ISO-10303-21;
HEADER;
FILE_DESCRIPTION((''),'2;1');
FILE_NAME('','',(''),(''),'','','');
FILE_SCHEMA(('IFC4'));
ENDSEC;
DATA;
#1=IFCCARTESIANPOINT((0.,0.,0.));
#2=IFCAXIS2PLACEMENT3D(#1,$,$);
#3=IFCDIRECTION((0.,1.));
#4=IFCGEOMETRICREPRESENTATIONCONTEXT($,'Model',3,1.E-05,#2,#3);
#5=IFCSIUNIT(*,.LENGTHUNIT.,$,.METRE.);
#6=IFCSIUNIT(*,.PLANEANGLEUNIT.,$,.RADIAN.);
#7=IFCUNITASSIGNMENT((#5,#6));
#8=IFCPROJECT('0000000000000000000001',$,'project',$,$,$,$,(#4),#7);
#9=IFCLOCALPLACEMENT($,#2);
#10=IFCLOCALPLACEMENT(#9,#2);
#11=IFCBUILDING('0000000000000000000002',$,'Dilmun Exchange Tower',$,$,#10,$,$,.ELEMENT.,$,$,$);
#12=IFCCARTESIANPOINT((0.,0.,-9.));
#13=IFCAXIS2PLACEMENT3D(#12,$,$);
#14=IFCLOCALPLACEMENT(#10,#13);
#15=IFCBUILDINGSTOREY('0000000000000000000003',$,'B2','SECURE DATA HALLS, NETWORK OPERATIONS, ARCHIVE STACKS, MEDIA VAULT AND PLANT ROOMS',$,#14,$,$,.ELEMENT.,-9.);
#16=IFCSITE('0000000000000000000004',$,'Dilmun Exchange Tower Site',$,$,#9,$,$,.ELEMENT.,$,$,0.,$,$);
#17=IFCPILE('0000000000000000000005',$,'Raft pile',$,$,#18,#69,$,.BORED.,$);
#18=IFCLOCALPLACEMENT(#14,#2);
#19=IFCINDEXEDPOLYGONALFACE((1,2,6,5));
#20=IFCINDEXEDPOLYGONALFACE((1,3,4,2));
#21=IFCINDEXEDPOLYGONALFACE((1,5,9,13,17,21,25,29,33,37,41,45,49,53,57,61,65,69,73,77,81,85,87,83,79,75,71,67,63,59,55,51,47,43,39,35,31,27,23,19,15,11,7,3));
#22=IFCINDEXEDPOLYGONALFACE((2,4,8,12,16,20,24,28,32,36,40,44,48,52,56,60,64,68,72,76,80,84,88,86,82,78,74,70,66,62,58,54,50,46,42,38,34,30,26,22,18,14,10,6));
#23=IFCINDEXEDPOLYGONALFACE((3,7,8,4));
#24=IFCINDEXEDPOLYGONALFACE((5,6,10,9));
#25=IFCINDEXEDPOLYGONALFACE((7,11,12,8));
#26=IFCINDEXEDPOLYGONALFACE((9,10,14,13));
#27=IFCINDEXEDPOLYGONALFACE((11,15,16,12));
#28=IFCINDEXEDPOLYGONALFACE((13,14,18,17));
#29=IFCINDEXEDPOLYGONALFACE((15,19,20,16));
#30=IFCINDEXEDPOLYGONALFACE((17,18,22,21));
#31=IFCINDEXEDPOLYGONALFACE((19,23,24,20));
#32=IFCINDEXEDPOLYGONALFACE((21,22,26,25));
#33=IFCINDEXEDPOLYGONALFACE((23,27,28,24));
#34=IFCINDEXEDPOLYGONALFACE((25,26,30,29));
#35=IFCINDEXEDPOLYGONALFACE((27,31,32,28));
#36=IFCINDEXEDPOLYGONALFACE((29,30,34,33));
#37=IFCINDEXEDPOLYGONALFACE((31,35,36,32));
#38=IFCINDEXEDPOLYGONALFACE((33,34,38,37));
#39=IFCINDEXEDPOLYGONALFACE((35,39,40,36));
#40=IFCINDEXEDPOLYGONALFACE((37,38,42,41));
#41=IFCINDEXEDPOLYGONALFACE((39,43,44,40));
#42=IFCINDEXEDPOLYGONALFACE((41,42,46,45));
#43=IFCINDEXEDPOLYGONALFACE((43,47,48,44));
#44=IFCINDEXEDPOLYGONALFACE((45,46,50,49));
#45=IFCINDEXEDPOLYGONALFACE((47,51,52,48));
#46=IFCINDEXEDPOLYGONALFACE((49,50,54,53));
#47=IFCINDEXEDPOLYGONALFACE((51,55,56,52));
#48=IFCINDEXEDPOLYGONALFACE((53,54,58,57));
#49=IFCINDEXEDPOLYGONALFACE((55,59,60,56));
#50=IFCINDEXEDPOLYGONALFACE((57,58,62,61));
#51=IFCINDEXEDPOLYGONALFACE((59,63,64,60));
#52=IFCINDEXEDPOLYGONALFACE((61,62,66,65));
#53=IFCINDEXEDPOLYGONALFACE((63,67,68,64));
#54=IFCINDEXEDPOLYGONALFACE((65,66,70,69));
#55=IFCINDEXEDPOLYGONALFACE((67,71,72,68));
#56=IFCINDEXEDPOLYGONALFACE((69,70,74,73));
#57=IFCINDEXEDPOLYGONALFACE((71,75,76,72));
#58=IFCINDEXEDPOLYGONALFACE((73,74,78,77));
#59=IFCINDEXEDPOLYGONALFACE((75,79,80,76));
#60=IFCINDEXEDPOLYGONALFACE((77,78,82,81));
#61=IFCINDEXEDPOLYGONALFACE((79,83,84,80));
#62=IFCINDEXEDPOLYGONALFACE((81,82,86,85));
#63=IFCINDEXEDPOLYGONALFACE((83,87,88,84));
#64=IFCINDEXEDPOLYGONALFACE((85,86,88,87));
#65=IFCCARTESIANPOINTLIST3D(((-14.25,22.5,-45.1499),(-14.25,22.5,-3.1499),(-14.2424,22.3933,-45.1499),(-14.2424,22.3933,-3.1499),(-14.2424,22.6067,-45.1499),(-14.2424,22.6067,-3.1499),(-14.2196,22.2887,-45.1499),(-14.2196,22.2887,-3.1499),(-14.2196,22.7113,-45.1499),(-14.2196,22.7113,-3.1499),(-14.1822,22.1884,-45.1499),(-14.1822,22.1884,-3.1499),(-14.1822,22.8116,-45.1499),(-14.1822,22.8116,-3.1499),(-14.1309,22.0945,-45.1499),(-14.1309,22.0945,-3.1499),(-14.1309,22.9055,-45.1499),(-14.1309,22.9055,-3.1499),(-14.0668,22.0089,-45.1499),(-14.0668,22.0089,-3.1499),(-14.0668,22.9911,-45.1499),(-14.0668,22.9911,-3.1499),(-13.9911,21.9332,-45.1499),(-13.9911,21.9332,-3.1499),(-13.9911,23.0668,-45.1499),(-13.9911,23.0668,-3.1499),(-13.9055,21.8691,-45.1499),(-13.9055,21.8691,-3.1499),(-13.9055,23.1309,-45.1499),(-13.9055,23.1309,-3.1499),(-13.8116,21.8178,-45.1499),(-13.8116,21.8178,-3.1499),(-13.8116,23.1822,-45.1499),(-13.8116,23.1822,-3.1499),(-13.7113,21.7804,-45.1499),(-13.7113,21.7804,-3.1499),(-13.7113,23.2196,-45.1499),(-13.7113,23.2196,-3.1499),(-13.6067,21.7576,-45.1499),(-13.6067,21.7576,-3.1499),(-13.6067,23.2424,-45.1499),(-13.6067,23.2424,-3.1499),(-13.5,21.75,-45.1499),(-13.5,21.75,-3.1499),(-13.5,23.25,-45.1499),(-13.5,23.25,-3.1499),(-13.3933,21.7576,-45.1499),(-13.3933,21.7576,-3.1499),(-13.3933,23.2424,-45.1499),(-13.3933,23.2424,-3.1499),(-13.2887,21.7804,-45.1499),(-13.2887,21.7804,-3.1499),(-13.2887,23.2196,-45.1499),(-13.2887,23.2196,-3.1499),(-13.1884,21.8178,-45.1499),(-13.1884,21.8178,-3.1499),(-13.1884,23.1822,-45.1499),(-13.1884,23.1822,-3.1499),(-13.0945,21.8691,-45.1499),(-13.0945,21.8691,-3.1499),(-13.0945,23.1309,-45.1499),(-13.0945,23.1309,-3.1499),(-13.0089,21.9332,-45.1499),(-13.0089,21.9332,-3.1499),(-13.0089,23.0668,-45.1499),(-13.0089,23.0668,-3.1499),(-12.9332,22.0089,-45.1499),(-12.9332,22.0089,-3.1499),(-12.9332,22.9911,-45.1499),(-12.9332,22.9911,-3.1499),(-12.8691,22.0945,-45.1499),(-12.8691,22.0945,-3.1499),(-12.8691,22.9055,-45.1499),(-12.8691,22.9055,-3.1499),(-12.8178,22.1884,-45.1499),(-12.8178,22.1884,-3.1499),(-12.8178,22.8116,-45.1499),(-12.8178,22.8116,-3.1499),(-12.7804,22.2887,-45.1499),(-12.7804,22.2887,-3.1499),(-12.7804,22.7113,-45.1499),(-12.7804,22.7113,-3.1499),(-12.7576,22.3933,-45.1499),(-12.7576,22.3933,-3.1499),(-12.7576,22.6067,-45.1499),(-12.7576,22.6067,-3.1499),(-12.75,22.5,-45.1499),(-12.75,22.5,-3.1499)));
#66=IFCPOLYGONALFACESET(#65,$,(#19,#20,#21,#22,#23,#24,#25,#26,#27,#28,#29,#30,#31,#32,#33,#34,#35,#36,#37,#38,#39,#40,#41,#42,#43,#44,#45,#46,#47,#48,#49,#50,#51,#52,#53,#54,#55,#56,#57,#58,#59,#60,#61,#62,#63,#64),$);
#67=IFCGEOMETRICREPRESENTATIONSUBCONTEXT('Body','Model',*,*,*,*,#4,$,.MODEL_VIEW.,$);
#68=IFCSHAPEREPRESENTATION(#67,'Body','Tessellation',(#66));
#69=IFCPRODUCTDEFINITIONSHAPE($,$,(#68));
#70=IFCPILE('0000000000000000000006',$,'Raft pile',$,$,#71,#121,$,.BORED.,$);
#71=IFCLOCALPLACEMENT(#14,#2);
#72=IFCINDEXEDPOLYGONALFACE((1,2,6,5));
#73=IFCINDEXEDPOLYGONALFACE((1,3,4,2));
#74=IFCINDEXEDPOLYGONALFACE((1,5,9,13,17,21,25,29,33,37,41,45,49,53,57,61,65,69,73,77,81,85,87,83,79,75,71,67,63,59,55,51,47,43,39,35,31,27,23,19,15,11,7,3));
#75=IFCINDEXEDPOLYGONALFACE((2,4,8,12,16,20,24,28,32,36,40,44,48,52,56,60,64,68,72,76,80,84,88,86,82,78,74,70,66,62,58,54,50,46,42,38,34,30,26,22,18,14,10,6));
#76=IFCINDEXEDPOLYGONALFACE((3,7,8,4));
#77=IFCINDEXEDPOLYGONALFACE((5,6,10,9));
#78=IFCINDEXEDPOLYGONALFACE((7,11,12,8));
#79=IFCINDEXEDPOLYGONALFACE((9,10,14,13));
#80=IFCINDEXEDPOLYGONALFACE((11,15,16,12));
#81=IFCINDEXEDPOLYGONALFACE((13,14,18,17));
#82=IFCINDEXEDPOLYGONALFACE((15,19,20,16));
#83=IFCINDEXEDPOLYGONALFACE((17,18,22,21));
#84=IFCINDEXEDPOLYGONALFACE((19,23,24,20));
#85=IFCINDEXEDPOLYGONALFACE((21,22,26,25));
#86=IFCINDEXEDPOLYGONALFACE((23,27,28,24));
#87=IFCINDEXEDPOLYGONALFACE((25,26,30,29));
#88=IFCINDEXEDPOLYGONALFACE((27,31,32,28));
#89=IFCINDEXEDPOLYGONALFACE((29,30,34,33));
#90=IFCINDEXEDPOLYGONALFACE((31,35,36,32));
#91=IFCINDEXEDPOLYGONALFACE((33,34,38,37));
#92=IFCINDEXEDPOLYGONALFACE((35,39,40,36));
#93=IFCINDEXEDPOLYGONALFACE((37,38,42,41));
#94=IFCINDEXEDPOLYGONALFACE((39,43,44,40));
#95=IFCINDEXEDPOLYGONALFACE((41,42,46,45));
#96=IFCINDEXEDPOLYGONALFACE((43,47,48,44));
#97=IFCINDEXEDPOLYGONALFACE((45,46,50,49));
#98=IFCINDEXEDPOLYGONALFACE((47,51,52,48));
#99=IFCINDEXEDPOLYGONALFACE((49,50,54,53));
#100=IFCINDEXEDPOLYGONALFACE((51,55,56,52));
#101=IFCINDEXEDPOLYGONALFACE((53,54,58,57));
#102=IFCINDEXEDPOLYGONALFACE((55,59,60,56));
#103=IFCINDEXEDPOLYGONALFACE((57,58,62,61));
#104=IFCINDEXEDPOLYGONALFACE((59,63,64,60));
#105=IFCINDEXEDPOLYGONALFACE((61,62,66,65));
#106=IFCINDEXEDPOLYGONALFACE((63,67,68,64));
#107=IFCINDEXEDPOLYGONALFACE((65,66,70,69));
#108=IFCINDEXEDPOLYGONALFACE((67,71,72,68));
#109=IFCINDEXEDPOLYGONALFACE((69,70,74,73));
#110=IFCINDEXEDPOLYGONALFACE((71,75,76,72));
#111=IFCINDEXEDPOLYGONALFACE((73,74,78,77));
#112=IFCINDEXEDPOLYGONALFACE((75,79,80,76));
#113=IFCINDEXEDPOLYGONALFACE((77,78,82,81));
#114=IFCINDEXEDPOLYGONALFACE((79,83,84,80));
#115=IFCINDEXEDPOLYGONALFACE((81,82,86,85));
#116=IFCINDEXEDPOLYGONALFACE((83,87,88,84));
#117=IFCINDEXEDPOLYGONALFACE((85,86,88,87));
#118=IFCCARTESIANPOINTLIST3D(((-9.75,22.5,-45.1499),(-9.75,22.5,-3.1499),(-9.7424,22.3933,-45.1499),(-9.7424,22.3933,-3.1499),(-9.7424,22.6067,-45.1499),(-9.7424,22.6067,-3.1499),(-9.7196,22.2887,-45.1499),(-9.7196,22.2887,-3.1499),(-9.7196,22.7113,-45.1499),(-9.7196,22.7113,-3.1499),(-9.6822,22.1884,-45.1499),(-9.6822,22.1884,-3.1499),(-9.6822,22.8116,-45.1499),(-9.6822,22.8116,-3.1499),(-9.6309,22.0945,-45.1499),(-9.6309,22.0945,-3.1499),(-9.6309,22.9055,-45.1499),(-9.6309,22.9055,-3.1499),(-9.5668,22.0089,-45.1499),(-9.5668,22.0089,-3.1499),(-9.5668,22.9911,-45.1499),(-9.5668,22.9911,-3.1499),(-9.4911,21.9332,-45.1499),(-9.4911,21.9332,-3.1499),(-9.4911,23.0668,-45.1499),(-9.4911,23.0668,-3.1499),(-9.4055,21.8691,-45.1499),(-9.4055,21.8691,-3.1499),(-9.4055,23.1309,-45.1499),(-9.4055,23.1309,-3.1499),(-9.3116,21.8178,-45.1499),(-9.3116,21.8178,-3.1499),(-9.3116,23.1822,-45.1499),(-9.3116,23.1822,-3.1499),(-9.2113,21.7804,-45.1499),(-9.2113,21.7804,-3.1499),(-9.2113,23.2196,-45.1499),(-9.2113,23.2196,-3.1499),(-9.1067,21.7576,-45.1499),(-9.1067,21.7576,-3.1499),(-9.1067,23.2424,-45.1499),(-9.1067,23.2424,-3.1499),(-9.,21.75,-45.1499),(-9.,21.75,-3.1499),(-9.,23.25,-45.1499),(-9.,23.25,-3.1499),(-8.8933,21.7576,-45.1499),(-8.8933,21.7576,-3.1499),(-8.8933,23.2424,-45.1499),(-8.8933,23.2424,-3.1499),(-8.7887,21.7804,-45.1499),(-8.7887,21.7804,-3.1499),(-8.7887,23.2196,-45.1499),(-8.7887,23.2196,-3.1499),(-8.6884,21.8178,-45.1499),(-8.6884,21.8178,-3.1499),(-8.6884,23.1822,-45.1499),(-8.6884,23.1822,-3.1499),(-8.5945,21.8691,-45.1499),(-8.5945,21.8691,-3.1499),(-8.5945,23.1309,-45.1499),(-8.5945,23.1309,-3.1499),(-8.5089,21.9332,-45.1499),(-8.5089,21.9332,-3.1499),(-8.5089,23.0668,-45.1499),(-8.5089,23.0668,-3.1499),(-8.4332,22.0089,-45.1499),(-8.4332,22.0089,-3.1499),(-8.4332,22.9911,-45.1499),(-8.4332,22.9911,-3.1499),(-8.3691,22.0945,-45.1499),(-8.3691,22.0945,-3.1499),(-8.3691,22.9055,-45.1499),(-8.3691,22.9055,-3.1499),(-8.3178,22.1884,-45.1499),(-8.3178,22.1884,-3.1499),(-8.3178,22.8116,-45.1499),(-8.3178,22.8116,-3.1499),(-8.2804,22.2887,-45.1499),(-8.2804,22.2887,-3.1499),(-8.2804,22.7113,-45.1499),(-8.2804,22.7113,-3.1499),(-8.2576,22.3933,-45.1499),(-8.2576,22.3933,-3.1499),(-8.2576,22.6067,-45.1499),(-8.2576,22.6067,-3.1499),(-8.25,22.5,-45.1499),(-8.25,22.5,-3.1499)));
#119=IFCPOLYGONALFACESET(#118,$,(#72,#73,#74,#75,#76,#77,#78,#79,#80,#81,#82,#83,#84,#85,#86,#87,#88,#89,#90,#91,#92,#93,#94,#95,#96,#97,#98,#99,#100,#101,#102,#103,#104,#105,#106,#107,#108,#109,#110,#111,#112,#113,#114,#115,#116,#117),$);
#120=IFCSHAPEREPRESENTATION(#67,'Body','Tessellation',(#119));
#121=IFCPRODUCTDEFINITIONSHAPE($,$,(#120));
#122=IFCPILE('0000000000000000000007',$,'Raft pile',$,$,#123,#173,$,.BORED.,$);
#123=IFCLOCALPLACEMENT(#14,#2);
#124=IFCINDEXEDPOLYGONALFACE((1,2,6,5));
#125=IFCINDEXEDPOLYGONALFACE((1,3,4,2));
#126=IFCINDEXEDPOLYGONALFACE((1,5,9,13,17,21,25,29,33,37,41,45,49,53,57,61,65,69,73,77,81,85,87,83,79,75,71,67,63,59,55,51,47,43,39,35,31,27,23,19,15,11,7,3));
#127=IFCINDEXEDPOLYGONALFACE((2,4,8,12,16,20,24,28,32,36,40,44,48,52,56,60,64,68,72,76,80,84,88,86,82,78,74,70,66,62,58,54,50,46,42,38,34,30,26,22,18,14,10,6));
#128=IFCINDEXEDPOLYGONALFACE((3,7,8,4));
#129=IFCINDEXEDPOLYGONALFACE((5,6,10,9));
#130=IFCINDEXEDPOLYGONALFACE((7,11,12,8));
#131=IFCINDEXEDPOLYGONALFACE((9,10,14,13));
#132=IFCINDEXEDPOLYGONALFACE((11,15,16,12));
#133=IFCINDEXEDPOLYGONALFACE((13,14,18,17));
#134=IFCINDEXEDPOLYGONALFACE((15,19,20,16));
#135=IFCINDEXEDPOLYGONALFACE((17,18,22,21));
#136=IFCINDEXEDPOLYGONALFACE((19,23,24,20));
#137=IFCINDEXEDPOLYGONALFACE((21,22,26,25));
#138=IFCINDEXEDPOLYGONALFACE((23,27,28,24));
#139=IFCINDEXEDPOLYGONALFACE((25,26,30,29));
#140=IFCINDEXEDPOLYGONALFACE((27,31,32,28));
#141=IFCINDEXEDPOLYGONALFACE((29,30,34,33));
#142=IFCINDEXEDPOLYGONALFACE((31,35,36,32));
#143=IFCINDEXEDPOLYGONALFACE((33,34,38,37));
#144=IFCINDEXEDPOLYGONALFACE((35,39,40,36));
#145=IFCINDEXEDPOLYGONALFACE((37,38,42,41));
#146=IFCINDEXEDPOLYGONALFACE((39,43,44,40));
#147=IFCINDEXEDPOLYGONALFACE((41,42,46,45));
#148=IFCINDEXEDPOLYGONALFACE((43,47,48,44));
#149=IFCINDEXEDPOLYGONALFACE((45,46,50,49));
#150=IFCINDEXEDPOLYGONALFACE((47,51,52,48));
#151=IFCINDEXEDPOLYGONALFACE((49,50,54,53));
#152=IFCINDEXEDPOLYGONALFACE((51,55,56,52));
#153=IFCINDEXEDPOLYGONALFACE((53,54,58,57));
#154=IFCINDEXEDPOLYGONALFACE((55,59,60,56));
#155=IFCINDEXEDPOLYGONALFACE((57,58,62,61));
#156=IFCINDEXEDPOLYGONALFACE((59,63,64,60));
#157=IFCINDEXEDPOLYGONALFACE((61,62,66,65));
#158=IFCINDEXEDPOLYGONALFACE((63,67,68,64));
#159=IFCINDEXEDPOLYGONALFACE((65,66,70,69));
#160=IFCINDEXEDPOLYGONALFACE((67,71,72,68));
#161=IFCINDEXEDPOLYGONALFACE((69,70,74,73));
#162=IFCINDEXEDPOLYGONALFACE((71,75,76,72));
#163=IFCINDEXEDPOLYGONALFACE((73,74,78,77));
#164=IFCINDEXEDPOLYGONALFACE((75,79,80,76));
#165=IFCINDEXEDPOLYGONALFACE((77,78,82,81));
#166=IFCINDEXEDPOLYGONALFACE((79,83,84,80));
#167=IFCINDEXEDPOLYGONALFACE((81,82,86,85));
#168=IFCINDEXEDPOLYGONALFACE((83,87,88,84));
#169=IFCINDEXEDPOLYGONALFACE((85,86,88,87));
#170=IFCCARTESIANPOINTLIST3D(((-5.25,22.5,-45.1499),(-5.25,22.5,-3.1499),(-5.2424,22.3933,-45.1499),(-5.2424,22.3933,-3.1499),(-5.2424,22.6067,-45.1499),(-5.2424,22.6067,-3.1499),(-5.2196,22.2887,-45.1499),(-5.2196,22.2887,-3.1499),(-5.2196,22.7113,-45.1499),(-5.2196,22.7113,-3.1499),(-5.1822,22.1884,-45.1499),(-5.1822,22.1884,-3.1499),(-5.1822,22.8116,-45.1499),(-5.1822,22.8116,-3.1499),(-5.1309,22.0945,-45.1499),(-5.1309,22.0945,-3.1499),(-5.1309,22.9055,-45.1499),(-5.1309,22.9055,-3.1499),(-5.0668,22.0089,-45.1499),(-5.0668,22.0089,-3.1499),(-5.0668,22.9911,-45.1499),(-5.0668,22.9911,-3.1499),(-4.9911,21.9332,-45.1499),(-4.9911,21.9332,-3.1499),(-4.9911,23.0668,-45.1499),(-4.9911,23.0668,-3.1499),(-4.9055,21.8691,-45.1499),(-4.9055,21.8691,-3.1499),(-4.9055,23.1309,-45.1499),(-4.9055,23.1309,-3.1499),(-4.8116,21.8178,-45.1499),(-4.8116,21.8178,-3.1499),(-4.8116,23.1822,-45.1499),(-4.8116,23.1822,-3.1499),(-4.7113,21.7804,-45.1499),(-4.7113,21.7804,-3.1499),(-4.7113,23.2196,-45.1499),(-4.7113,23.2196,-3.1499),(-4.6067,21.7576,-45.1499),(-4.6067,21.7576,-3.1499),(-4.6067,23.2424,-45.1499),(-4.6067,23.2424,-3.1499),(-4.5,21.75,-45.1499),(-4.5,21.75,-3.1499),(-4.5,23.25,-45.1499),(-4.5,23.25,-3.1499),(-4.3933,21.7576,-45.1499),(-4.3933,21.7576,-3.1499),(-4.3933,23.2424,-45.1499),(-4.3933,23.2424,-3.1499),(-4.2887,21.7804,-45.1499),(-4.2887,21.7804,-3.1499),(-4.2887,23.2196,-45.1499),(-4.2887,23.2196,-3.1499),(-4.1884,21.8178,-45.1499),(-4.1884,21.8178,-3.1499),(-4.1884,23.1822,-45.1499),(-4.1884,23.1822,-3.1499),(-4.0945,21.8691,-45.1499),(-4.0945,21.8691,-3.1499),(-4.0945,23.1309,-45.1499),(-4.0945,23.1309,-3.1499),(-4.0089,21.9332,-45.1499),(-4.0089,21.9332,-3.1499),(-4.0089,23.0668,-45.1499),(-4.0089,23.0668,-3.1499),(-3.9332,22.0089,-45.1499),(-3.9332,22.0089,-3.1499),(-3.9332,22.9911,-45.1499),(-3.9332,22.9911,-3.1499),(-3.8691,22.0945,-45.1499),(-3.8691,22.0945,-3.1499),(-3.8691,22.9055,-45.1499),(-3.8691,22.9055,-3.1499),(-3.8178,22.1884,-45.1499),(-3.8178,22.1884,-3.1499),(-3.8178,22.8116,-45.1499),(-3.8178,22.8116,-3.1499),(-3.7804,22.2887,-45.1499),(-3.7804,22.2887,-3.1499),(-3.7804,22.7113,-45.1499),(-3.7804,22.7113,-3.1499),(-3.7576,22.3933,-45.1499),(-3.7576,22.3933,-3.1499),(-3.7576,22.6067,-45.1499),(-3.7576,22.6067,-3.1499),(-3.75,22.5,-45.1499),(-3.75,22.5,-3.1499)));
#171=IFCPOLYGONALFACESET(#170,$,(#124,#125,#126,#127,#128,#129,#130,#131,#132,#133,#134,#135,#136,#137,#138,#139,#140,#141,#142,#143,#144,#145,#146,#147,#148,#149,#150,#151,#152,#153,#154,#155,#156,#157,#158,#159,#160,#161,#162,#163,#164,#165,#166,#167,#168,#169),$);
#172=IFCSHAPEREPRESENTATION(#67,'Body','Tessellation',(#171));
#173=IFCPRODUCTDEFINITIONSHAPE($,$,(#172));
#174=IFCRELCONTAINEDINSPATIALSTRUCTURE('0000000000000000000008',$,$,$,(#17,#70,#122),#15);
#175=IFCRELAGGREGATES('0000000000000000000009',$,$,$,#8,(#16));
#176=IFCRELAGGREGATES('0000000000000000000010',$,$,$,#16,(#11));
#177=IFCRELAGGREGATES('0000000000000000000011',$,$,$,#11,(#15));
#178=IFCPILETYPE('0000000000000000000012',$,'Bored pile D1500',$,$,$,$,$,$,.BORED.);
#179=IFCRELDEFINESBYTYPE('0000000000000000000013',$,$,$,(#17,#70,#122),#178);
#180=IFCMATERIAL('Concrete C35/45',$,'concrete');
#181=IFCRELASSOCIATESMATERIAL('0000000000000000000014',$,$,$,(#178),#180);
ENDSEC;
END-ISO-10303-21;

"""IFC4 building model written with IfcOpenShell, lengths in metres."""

from ifc_helpers import new_model, si_unit, direction, frame, origin, origin_2d, place, context, subcontext, project, spatial, circle, extrude, material, material_profile, profile_set, type_object, element, save


model = new_model("IFC4")

# Units and contexts
model_context = context("Model", 3, precision=1e-05, world=origin(), true_north=direction((0.0, 1.0)))
body_context = subcontext(model_context, "Body", "Model", "MODEL_VIEW")
ifc_project = project(units=[si_unit("LENGTHUNIT", "METRE"), si_unit("PLANEANGLEUNIT", "RADIAN")], contexts=[model_context])

# Site, building, storey
site_placement = place(None, origin())
site = spatial("IfcSite", under=ifc_project, at=site_placement, Name="Dilmun Exchange Tower Site", CompositionType="ELEMENT", RefElevation=0.0)
building_placement = place(site_placement, origin())
building = spatial("IfcBuilding", under=site, at=building_placement, Name="Dilmun Exchange Tower", CompositionType="ELEMENT")
storey_placement = place(building_placement, frame((0.0, 0.0, -9.0)))
storey = spatial("IfcBuildingStorey", under=building, at=storey_placement, Name="B2", Description="SECURE DATA HALLS, NETWORK OPERATIONS, ARCHIVE STACKS, MEDIA VAULT AND PLANT ROOMS", CompositionType="ELEMENT", Elevation=-9.0)

# Piles
ifc_material_1 = material(Name="Concrete C35/45", Category="concrete")
ifc_material_profile_1 = material_profile(ifc_material_1, circle(Radius=0.75, at=origin_2d()), Name="D1500")
ifc_profile_set_1 = profile_set([ifc_material_profile_1], Name="Concrete C35/45")
pile_type = type_object("IfcPileType", Name="Bored pile D1500", PredefinedType="BORED", material=ifc_profile_set_1)
for number, where, z_axis, x_axis, name in (
    (1, (-13.5, 22.5, -3.1499), (0.0, 0.0, -1.0), (1.0, 0.0, 0.0), "Raft pile"),
    (2, (-9.0, 22.5, -3.1499), (0.0, 0.0, -1.0), (1.0, 0.0, 0.0), "Raft pile"),
    (3, (-4.5, 22.5, -3.1499), (0.0, 0.0, -1.0), (1.0, 0.0, 0.0), "Raft pile"),
):
    element("IfcPile", number, at=place(storey_placement, frame(where, z_axis=z_axis, x_axis=x_axis)), inside=storey, type_object=pile_type, Name=name, PredefinedType="BORED", context=body_context, shape_type="SweptSolid", body=[
        extrude(circle(Radius=0.75, at=origin_2d()), origin(), (0.0, 0.0, 1.0), 42.0),
    ])

save(model, "model.ifc")
